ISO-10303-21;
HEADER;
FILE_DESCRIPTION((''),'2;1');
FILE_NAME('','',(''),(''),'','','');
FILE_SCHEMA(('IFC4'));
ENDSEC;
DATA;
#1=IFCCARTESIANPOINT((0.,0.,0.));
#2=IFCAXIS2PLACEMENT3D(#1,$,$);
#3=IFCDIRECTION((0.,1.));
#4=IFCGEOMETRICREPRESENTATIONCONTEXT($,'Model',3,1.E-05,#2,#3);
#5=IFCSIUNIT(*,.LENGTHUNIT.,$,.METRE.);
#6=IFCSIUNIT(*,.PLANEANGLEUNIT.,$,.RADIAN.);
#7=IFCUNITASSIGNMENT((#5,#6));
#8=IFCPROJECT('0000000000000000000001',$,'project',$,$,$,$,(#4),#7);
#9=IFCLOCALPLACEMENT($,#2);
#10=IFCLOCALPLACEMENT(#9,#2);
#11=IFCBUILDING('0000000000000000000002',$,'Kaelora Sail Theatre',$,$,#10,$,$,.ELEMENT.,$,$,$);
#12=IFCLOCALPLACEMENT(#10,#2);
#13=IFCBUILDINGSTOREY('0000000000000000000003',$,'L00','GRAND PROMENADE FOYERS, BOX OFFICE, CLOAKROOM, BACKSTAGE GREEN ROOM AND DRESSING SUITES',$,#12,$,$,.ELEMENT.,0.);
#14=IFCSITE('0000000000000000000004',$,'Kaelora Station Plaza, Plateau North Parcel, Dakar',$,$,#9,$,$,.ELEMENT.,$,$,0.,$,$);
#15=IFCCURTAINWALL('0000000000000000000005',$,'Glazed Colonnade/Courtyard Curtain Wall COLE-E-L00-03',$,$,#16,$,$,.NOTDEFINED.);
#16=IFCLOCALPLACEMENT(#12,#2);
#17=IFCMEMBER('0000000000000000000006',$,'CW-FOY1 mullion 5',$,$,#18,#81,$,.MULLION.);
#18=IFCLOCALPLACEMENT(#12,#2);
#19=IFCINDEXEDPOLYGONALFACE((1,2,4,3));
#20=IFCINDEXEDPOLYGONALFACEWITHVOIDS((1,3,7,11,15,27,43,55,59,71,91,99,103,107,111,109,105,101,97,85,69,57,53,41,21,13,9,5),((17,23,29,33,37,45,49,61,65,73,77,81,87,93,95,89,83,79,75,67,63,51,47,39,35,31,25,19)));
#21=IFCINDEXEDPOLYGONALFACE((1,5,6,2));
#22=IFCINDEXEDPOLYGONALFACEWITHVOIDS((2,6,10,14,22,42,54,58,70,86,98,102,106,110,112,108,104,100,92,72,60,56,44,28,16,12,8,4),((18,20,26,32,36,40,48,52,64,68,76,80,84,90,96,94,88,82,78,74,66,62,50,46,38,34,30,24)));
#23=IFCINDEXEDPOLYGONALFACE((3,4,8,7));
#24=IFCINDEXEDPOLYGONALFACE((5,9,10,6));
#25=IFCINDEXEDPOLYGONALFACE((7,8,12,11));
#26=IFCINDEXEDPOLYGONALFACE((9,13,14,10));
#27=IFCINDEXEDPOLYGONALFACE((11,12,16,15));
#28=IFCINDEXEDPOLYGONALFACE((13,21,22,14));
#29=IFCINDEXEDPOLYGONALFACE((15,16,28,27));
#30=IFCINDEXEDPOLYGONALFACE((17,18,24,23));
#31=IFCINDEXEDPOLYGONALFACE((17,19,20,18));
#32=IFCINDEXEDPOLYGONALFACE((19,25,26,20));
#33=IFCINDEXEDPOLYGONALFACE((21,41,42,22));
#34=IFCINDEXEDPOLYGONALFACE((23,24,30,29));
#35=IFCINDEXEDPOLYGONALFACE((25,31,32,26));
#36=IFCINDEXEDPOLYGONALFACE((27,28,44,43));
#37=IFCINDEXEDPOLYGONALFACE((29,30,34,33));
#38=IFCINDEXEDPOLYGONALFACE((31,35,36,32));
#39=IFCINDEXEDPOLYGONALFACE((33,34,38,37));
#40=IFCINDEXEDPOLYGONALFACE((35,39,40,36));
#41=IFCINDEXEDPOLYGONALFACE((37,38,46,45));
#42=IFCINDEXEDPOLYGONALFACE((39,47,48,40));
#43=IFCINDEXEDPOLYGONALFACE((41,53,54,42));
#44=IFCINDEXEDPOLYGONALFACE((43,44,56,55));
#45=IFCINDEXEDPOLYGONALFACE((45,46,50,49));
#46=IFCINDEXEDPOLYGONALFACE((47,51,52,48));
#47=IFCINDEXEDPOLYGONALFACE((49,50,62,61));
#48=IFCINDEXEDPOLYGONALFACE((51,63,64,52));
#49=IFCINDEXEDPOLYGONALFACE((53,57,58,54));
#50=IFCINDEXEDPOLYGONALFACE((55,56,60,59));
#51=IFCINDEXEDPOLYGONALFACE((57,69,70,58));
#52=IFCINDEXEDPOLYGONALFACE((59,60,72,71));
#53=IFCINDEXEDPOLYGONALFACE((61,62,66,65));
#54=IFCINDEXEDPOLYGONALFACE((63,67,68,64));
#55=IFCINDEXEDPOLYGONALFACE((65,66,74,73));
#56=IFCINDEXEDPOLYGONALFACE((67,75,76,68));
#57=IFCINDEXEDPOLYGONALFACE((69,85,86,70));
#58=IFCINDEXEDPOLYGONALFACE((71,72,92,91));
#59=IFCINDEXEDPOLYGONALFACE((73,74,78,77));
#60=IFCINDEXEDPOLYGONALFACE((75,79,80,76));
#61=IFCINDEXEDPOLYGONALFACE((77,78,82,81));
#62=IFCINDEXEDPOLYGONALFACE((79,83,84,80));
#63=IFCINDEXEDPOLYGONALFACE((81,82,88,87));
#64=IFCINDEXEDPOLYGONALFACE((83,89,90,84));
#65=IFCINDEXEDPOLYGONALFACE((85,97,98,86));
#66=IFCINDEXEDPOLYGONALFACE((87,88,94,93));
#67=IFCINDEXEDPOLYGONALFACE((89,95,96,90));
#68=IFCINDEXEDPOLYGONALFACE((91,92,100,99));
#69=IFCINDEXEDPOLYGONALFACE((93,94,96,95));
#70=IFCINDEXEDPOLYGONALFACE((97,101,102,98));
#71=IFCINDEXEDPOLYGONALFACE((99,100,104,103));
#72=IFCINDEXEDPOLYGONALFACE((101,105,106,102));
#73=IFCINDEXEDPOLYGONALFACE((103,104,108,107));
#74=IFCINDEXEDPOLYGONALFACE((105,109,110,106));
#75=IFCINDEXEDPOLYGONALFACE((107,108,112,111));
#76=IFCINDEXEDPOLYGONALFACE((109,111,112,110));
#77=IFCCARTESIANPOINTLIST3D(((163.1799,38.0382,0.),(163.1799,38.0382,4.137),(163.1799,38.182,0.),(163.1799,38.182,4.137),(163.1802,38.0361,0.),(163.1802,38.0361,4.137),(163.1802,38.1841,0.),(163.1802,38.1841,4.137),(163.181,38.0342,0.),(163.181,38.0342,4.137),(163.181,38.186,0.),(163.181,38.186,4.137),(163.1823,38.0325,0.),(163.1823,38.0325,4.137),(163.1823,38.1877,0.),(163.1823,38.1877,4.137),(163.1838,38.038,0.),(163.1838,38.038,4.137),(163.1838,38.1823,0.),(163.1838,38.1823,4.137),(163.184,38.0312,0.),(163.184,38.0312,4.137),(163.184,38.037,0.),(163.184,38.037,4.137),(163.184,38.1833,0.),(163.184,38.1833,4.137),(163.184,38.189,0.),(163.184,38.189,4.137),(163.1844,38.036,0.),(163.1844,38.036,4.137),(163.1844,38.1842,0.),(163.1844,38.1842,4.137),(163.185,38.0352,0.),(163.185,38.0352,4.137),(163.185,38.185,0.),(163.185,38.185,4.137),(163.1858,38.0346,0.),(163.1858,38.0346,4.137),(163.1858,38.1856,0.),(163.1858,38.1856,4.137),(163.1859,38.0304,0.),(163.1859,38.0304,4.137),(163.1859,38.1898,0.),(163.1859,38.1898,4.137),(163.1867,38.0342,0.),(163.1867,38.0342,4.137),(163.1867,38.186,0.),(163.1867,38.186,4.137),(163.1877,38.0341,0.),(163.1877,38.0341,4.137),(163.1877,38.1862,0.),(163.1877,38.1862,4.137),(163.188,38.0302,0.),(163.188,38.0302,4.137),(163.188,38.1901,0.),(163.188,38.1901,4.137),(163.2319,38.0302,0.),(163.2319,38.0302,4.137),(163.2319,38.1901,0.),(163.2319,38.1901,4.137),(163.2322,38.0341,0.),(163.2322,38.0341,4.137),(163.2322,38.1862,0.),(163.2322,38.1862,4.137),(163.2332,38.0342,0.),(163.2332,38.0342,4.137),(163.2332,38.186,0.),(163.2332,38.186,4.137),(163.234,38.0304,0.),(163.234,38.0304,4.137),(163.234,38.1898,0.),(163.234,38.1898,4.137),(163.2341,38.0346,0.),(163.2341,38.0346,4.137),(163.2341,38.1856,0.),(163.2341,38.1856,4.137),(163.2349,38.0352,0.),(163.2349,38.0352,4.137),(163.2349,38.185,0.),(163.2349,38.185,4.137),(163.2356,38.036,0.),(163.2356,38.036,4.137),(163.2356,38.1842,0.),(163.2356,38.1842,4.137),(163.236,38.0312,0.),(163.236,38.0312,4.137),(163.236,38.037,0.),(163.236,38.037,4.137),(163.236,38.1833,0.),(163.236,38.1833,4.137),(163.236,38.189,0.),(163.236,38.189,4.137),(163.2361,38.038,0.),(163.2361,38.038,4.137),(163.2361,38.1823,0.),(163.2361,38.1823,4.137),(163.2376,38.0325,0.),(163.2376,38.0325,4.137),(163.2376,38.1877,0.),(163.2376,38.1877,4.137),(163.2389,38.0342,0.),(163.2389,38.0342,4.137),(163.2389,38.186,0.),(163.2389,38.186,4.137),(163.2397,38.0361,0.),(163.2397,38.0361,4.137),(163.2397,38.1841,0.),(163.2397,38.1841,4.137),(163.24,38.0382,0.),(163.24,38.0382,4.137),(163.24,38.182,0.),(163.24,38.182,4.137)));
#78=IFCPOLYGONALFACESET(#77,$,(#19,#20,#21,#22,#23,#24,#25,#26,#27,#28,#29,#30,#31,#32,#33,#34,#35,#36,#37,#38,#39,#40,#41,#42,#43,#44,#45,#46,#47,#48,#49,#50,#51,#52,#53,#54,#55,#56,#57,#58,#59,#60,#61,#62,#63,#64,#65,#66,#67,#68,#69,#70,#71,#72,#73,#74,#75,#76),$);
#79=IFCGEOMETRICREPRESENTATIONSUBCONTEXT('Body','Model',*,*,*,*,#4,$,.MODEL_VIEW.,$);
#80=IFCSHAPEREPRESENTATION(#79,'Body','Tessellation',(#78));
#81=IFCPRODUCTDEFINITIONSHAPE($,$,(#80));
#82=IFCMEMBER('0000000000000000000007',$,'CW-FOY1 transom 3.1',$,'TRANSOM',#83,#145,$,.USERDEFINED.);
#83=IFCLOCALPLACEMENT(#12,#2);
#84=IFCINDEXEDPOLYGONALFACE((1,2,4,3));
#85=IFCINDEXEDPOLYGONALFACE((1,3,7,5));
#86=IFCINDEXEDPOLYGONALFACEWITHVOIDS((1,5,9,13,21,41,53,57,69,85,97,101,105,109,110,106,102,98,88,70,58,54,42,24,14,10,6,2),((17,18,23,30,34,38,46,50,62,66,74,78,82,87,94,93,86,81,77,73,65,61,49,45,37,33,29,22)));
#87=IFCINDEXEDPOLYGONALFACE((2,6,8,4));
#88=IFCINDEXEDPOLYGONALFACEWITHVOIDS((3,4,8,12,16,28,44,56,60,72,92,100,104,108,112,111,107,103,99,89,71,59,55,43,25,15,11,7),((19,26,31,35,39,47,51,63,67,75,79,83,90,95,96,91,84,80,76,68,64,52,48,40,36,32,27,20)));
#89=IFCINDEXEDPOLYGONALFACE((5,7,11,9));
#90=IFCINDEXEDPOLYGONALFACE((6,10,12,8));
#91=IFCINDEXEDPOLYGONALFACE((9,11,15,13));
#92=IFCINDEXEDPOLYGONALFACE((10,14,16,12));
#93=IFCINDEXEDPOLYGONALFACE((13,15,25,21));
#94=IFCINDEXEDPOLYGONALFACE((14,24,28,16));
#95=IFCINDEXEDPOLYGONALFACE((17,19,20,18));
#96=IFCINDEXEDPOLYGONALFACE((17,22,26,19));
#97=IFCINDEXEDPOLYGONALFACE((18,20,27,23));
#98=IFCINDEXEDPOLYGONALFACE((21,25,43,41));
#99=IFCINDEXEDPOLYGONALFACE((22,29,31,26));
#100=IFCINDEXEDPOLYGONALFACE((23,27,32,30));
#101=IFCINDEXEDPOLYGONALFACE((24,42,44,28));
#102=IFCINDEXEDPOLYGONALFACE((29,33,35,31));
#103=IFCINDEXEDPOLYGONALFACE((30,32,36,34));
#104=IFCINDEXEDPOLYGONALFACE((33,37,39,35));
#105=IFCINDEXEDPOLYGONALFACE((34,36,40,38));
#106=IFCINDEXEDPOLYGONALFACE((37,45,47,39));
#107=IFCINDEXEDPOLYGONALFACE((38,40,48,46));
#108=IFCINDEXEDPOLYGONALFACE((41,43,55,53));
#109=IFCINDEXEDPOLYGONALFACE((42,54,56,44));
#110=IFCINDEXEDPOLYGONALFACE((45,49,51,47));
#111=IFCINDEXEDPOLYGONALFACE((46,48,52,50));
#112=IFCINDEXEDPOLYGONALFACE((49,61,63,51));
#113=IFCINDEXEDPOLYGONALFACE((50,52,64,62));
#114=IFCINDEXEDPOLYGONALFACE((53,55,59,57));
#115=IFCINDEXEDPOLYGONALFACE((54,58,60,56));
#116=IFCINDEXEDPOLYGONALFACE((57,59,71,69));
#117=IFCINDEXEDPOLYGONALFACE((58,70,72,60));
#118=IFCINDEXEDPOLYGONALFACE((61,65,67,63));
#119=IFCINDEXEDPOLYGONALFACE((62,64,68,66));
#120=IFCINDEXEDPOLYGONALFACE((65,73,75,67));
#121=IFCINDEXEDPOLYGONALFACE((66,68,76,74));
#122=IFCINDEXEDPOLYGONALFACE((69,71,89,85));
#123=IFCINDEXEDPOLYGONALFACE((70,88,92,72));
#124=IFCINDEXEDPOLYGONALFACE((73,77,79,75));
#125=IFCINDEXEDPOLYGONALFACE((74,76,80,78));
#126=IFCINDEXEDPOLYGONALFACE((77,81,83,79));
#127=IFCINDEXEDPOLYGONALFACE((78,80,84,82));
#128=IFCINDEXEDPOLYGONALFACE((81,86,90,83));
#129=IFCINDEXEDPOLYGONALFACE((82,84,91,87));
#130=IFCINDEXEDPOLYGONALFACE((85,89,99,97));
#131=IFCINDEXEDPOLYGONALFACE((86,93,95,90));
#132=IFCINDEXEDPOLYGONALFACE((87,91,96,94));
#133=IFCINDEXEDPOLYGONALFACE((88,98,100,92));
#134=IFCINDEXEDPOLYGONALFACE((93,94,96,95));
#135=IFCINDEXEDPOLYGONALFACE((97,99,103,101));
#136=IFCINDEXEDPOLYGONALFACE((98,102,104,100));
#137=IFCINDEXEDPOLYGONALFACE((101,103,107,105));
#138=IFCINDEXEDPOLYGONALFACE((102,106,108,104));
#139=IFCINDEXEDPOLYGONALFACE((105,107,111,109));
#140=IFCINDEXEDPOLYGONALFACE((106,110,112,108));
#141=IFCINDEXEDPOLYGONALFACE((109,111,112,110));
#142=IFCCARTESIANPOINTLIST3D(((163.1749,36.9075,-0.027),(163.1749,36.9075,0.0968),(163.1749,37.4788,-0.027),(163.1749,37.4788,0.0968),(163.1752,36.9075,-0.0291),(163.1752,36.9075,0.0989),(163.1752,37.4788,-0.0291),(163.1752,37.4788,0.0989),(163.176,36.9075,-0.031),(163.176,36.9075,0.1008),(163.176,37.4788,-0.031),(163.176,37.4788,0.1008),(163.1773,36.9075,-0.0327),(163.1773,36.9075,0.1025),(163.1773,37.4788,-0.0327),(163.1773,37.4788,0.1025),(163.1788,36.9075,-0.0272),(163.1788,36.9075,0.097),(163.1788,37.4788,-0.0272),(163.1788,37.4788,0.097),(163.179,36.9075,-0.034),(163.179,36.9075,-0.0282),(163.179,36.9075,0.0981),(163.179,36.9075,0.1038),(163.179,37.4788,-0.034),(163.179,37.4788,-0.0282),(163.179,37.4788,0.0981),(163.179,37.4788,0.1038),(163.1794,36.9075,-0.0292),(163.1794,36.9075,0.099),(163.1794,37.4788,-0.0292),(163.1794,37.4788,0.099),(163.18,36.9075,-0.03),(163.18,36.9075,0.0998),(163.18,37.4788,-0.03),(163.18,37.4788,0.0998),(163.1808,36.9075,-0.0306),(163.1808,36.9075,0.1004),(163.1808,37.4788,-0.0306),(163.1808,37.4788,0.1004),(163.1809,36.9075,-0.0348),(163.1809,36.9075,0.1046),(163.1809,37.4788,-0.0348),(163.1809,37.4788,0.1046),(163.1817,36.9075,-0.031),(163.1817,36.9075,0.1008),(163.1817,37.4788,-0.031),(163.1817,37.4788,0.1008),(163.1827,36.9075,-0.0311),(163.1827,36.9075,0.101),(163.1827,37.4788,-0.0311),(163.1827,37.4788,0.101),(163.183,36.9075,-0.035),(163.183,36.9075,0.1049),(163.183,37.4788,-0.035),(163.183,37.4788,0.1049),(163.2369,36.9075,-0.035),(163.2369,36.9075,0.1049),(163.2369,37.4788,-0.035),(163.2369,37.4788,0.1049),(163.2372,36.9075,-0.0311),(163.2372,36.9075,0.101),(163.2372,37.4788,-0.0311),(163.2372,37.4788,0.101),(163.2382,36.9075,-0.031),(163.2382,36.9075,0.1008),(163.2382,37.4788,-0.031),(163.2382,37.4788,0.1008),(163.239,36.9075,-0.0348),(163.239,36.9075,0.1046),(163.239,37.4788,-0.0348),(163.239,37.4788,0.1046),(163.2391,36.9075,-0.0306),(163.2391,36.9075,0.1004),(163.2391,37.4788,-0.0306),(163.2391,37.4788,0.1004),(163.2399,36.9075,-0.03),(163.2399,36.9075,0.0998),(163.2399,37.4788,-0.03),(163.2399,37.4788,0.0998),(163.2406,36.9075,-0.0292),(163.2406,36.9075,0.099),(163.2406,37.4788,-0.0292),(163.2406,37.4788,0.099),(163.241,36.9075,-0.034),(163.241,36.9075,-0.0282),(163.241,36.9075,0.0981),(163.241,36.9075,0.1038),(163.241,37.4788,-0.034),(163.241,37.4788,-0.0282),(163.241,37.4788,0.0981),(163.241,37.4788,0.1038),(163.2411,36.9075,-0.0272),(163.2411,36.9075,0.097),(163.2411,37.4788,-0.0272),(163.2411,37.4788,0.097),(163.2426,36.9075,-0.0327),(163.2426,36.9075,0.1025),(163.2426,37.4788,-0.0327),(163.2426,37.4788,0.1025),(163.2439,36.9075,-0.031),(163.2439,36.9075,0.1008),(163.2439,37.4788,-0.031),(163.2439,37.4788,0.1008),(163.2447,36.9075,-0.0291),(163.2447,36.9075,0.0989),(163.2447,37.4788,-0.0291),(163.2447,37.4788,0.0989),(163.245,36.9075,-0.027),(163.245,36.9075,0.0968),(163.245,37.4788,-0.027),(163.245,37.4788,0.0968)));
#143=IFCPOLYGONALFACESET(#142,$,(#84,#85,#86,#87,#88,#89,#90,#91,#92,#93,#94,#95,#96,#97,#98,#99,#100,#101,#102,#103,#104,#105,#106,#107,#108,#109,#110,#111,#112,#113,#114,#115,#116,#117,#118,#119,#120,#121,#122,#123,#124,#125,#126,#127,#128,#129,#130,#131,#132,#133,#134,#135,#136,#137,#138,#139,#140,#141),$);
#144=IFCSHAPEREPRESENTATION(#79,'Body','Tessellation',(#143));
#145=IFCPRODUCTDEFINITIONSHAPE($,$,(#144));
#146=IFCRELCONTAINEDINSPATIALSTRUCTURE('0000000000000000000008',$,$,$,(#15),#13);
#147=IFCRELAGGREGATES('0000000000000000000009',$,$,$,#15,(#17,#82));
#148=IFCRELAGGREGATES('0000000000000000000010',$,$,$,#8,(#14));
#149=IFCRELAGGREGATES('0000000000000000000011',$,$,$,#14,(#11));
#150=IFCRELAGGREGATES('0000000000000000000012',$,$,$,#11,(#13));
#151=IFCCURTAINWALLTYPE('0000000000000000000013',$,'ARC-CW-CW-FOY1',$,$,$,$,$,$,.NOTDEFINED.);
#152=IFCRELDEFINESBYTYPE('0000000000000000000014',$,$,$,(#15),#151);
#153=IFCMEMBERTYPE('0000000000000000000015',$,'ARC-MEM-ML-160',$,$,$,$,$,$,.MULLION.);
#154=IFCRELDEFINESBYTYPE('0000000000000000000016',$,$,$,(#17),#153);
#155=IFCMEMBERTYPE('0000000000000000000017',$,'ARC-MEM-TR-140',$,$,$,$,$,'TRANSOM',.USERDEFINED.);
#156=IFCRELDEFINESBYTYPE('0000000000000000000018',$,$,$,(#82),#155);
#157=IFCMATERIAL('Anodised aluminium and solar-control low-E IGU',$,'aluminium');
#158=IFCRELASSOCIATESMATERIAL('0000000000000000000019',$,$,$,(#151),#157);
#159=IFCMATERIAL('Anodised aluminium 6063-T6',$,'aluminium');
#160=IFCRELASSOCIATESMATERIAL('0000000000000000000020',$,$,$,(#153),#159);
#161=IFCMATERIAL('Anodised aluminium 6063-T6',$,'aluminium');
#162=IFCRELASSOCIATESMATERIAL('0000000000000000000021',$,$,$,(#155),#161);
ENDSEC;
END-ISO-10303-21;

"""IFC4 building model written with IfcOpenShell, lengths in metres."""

from ifc_helpers import new_model, si_unit, direction, frame, origin, origin_2d, place, context, subcontext, project, spatial, hollow_rectangle, extrude, material, material_profile, profile_set, type_object, element, aggregate, save


model = new_model("IFC4")

# Units and contexts
model_context = context("Model", 3, precision=1e-05, world=origin(), true_north=direction((0.0, 1.0)))
body_context = subcontext(model_context, "Body", "Model", "MODEL_VIEW")
ifc_project = project(units=[si_unit("LENGTHUNIT", "METRE"), si_unit("PLANEANGLEUNIT", "RADIAN")], contexts=[model_context])

# Site, building, storey
site_placement = place(None, origin())
site = spatial("IfcSite", under=ifc_project, at=site_placement, Name="Kaelora Station Plaza, Plateau North Parcel, Dakar", CompositionType="ELEMENT", RefElevation=0.0)
building_placement = place(site_placement, origin())
building = spatial("IfcBuilding", under=site, at=building_placement, Name="Kaelora Sail Theatre", CompositionType="ELEMENT")
storey_placement = place(building_placement, origin())
storey = spatial("IfcBuildingStorey", under=building, at=storey_placement, Name="L00", Description="GRAND PROMENADE FOYERS, BOX OFFICE, CLOAKROOM, BACKSTAGE GREEN ROOM AND DRESSING SUITES", CompositionType="ELEMENT", Elevation=0.0)

# Curtain wall, members
ifc_material_1 = material(Name="Anodised aluminium and solar-control low-E IGU", Category="aluminium")
curtain_wall_type = type_object("IfcCurtainWallType", Name="ARC-CW-CW-FOY1", PredefinedType="NOTDEFINED", material=ifc_material_1)
curtain_wall_placement = place(storey_placement, origin())
curtain_wall = element("IfcCurtainWall", 1, at=curtain_wall_placement, inside=storey, type_object=curtain_wall_type, Name="Glazed Colonnade/Courtyard Curtain Wall COLE-E-L00-03", PredefinedType="NOTDEFINED")
ifc_material_2 = material(Name="Anodised aluminium 6063-T6", Category="aluminium")
ifc_material_profile_1 = material_profile(ifc_material_2, hollow_rectangle(XDim=0.0601, YDim=0.1599, WallThickness=0.0039, InnerFilletRadius=0.0039, OuterFilletRadius=0.0081, at=origin_2d()), Name="ALU-MULL 60x160x4")
ifc_profile_set_1 = profile_set([ifc_material_profile_1], Name="Anodised aluminium 6063-T6")
member_type_1 = type_object("IfcMemberType", Name="ARC-MEM-ML-160", PredefinedType="MULLION", material=ifc_profile_set_1)
member_1_placement = place(storey_placement, frame((163.21, 38.1101, 0.0), z_axis=(0.0, 0.0, 1.0), x_axis=(-1.0, 0.0, 0.0)))
member_1 = element("IfcMember", 2, at=member_1_placement, type_object=member_type_1, Name="CW-FOY1 mullion 5", PredefinedType="MULLION", context=body_context, shape_type="SweptSolid", body=[
    extrude(hollow_rectangle(XDim=0.0601, YDim=0.1599, WallThickness=0.0039, InnerFilletRadius=0.0039, OuterFilletRadius=0.0081, at=origin_2d()), origin(), (0.0, 0.0, 1.0), 4.137),
])
ifc_material_3 = material(Name="Anodised aluminium 6063-T6", Category="aluminium")
ifc_material_profile_2 = material_profile(ifc_material_3, hollow_rectangle(XDim=0.0701, YDim=0.1399, WallThickness=0.0039, InnerFilletRadius=0.0039, OuterFilletRadius=0.0081, at=origin_2d()), Name="ALU-TRAN 70x140x4")
ifc_profile_set_2 = profile_set([ifc_material_profile_2], Name="Anodised aluminium 6063-T6")
member_type_2 = type_object("IfcMemberType", Name="ARC-MEM-TR-140", ElementType="TRANSOM", PredefinedType="USERDEFINED", material=ifc_profile_set_2)
member_2_placement = place(storey_placement, frame((163.21, 36.9075, 0.0349), z_axis=(0.0, 1.0, 0.0), x_axis=(-1.0, 0.0, 0.0)))
member_2 = element("IfcMember", 3, at=member_2_placement, type_object=member_type_2, Name="CW-FOY1 transom 3.1", ObjectType="TRANSOM", PredefinedType="USERDEFINED", context=body_context, shape_type="SweptSolid", body=[
    extrude(hollow_rectangle(XDim=0.0701, YDim=0.1399, WallThickness=0.0039, InnerFilletRadius=0.0039, OuterFilletRadius=0.0081, at=origin_2d()), origin(), (0.0, 0.0, 1.0), 0.5713),
])
aggregate(curtain_wall, [member_1, member_2])

save(model, "model.ifc")
